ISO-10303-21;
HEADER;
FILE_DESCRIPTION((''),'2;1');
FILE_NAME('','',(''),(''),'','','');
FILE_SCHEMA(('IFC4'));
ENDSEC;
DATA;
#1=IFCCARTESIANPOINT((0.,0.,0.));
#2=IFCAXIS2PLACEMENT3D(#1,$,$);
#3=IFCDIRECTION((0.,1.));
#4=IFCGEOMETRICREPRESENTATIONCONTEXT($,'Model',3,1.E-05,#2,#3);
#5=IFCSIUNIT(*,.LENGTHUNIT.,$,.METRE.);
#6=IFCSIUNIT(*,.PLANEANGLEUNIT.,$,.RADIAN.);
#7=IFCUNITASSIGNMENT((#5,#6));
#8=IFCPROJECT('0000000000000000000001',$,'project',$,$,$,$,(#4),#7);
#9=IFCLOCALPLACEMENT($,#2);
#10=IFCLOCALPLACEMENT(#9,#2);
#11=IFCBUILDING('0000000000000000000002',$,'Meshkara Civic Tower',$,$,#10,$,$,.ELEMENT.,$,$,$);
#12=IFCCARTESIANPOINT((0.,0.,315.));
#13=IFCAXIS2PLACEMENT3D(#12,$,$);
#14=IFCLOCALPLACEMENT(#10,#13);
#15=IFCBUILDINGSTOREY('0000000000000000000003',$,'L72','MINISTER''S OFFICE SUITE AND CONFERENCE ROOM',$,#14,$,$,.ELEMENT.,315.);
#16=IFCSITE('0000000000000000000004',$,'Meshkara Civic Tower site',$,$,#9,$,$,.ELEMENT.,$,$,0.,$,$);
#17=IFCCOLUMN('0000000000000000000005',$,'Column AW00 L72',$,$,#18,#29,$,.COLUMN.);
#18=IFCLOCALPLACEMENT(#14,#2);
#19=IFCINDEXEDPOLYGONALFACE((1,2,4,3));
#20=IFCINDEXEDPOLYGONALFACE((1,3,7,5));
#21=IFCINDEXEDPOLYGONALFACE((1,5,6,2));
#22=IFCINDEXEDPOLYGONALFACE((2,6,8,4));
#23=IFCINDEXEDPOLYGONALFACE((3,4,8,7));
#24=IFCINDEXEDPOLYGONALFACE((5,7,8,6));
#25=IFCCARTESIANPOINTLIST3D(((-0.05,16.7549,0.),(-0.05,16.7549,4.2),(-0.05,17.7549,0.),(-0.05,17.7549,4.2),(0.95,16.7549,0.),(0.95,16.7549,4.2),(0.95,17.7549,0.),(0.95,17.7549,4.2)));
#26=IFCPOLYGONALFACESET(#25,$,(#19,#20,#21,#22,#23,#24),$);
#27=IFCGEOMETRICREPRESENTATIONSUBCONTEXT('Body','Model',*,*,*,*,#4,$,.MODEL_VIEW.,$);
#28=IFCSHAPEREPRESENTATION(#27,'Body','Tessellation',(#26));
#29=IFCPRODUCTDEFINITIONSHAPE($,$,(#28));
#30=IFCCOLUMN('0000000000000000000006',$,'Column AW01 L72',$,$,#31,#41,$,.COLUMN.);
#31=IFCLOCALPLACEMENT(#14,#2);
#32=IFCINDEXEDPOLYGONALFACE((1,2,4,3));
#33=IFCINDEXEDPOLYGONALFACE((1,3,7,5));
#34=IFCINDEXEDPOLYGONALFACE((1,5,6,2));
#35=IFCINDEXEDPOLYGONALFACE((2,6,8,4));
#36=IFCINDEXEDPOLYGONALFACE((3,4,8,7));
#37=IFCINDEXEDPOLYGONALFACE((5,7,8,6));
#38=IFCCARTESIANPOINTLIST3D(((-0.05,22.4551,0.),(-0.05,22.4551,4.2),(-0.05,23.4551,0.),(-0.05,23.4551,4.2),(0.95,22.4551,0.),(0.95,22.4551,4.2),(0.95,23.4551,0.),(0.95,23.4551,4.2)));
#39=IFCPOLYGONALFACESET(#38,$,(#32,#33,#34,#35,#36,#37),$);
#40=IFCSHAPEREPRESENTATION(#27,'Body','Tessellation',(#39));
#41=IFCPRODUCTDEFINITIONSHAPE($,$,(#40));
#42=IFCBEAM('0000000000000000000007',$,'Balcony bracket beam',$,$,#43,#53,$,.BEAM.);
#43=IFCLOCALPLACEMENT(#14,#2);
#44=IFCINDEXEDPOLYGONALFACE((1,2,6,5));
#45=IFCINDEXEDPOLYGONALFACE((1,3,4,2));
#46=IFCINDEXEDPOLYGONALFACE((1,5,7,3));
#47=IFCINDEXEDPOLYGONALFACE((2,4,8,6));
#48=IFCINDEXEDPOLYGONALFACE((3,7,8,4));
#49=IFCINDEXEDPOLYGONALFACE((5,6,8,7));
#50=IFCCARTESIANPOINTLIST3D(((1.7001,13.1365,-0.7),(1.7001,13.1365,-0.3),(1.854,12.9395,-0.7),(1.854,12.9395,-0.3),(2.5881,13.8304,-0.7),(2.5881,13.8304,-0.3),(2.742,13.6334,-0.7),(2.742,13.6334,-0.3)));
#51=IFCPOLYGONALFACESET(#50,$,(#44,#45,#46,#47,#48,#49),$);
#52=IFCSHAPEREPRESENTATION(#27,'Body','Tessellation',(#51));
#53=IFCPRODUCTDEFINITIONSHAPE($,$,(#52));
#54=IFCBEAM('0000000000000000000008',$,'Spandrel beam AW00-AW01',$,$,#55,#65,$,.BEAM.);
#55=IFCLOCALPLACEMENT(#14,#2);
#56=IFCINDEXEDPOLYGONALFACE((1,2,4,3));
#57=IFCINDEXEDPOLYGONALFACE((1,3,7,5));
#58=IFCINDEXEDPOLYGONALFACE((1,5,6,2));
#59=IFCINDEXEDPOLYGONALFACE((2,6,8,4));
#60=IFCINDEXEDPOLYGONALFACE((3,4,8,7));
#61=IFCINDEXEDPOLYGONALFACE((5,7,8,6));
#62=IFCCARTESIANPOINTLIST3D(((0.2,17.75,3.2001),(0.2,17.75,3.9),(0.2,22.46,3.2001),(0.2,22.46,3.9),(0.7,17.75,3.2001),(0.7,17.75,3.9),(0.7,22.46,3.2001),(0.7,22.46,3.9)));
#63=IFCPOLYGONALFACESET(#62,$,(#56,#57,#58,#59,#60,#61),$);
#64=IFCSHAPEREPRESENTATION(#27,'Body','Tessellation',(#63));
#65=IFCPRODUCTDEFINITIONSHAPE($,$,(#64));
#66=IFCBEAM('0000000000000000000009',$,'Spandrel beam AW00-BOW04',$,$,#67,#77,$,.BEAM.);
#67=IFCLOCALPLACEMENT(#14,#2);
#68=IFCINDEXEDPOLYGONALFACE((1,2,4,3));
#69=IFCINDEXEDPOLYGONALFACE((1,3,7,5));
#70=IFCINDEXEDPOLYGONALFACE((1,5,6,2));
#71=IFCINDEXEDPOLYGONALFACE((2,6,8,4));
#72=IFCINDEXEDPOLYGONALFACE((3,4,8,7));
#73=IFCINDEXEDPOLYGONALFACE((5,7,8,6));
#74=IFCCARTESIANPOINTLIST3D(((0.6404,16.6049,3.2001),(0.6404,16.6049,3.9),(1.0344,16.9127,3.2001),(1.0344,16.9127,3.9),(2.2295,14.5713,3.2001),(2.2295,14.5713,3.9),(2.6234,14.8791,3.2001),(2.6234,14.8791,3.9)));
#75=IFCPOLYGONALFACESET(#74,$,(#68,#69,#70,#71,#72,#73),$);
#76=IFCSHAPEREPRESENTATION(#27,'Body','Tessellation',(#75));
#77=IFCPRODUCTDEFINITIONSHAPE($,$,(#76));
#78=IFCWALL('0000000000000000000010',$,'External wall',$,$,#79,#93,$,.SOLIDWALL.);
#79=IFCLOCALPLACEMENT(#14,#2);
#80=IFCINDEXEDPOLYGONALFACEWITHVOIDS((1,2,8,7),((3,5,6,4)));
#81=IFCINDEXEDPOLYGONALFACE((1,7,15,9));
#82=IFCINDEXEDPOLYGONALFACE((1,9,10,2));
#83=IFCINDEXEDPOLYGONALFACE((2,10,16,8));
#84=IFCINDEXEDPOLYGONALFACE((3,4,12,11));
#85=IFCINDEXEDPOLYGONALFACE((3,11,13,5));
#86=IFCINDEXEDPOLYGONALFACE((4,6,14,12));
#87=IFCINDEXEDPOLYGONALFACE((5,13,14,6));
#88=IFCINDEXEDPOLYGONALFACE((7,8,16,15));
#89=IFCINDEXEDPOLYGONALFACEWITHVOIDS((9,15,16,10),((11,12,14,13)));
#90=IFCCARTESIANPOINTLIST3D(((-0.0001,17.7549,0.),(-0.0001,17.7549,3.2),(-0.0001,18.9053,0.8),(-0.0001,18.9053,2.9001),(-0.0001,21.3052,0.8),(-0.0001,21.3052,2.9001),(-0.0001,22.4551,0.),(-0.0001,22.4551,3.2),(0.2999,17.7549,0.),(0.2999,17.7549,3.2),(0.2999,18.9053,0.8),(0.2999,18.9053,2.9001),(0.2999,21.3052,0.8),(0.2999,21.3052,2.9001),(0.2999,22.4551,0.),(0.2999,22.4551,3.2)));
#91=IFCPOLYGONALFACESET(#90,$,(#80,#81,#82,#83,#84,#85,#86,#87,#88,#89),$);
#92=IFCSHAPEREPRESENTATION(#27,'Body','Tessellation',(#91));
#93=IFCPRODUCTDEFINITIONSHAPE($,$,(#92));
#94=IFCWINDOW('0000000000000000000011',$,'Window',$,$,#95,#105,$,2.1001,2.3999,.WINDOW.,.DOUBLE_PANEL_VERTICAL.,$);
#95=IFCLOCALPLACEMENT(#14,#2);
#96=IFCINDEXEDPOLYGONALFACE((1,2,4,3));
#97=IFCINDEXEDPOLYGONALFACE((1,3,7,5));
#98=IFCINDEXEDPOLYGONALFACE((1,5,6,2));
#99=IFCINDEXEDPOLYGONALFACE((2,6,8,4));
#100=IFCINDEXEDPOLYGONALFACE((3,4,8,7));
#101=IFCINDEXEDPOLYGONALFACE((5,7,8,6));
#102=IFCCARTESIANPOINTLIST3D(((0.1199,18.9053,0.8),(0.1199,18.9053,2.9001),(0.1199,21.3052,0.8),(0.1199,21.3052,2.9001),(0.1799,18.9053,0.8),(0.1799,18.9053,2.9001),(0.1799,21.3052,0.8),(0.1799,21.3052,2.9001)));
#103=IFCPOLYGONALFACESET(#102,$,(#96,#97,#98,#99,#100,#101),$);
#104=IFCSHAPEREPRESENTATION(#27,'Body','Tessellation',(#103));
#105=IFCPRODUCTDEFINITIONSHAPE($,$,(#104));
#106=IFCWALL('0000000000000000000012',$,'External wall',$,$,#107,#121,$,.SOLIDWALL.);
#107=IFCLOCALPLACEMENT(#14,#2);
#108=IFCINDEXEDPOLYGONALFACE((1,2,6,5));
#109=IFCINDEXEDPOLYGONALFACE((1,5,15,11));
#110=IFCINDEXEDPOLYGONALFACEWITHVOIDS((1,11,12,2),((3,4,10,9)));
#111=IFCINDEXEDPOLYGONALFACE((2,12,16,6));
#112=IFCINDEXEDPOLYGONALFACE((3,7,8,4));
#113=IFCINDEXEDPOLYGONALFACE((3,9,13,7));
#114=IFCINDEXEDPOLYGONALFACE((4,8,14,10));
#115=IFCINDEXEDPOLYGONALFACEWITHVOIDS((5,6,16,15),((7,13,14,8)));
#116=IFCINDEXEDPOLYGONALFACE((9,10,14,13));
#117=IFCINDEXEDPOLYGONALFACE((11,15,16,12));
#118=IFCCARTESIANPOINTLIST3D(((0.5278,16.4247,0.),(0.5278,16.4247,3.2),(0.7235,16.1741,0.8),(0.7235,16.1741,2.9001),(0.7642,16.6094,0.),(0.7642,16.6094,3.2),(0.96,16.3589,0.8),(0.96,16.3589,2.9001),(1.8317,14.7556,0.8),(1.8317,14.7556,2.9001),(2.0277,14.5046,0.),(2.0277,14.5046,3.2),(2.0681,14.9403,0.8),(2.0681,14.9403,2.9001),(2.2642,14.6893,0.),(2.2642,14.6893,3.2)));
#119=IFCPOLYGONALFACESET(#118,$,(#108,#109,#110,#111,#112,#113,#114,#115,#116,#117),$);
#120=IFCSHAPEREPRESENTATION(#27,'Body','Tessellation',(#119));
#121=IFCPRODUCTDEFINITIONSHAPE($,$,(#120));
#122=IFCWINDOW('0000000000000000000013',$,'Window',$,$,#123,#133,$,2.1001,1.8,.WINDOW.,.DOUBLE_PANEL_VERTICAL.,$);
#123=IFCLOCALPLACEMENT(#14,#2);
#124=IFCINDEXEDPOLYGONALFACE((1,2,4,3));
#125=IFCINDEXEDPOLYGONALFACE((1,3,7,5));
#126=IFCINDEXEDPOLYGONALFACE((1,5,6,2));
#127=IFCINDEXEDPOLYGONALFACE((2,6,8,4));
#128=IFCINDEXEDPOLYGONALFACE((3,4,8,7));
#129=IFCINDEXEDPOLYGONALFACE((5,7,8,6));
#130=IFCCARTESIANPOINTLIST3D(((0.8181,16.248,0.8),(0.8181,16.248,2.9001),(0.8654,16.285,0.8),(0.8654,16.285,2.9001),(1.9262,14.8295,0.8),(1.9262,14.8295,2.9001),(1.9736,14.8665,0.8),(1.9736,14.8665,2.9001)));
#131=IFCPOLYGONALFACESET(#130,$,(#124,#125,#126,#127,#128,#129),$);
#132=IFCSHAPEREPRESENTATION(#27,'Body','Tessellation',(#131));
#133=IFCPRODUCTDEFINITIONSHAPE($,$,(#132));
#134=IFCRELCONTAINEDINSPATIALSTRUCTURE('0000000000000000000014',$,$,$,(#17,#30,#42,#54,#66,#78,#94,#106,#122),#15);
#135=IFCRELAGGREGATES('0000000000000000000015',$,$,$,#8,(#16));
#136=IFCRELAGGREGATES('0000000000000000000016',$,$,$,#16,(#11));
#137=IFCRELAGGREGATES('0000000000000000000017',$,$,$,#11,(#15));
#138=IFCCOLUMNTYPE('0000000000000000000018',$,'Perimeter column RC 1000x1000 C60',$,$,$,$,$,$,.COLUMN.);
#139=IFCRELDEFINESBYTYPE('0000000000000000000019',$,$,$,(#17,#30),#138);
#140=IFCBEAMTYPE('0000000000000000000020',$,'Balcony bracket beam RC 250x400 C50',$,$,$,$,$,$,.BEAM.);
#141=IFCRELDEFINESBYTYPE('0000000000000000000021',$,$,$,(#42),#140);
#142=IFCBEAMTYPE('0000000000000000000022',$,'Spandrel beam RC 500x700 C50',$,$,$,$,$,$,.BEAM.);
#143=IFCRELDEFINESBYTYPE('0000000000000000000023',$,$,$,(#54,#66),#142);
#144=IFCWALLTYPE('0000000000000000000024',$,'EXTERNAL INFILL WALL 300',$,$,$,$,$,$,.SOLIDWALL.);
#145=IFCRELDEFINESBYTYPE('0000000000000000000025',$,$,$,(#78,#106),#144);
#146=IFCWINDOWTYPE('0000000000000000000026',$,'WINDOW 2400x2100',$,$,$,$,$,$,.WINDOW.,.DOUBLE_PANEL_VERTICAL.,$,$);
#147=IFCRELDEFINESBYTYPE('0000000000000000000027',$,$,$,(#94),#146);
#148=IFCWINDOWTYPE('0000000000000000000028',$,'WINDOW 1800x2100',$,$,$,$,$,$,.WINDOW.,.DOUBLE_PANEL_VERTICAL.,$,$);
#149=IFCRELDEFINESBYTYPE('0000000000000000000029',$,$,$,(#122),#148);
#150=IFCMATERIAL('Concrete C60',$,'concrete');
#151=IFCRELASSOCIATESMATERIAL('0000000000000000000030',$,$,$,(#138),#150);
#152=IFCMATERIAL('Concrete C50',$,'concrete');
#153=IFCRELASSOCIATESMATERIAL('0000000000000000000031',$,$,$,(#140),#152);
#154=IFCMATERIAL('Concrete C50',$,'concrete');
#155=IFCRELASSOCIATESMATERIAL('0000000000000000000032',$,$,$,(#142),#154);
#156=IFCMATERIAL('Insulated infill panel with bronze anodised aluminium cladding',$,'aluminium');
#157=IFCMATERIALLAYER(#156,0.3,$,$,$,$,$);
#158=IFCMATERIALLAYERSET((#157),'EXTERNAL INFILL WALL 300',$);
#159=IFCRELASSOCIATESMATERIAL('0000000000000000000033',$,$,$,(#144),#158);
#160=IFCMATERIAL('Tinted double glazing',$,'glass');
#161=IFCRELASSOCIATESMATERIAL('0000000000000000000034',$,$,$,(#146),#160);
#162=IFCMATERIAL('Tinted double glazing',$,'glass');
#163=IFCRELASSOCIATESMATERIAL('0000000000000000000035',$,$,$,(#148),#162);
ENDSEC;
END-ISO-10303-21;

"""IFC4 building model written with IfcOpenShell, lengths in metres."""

from ifc_helpers import new_model, si_unit, direction, frame, frame_2d, origin, origin_2d, place, context, subcontext, project, spatial, rectangle, extrude, material, layer, layer_set, material_profile, profile_set, type_object, element, fill, save


model = new_model("IFC4")

# Units and contexts
model_context = context("Model", 3, precision=1e-05, world=origin(), true_north=direction((0.0, 1.0)))
body_context = subcontext(model_context, "Body", "Model", "MODEL_VIEW")
ifc_project = project(units=[si_unit("LENGTHUNIT", "METRE"), si_unit("PLANEANGLEUNIT", "RADIAN")], contexts=[model_context])

# Site, building, storey
site_placement = place(None, origin())
site = spatial("IfcSite", under=ifc_project, at=site_placement, Name="Meshkara Civic Tower site", CompositionType="ELEMENT", RefElevation=0.0)
building_placement = place(site_placement, origin())
building = spatial("IfcBuilding", under=site, at=building_placement, Name="Meshkara Civic Tower", CompositionType="ELEMENT")
storey_placement = place(building_placement, frame((0.0, 0.0, 315.0)))
storey = spatial("IfcBuildingStorey", under=building, at=storey_placement, Name="L72", Description="MINISTER'S OFFICE SUITE AND CONFERENCE ROOM", CompositionType="ELEMENT", Elevation=315.0)

# Columns
ifc_material_1 = material(Name="Concrete C60", Category="concrete")
ifc_material_profile_1 = material_profile(ifc_material_1, rectangle(XDim=1.0, YDim=1.0, at=origin_2d()))
ifc_profile_set_1 = profile_set([ifc_material_profile_1], Name="Concrete C60")
column_type = type_object("IfcColumnType", Name="Perimeter column RC 1000x1000 C60", PredefinedType="COLUMN", material=ifc_profile_set_1)
for number, where, z_axis, x_axis, name in (
    (1, (0.45, 17.2549, 0.0), (0.0, 0.0, 1.0), (1.0, 0.0, 0.0), "Column AW00 L72"),
    (2, (0.45, 22.9551, 0.0), (0.0, 0.0, 1.0), (1.0, 0.0, 0.0), "Column AW01 L72"),
):
    element("IfcColumn", number, at=place(storey_placement, frame(where, z_axis=z_axis, x_axis=x_axis)), inside=storey, type_object=column_type, Name=name, PredefinedType="COLUMN", context=body_context, shape_type="SweptSolid", body=[
        extrude(rectangle(XDim=1.0, YDim=1.0, at=origin_2d()), origin(), (0.0, 0.0, 1.0), 4.2),
    ])

# Beams
ifc_material_2 = material(Name="Concrete C50", Category="concrete")
ifc_material_profile_2 = material_profile(ifc_material_2, rectangle(XDim=0.25, YDim=0.3999, at=origin_2d()))
ifc_profile_set_2 = profile_set([ifc_material_profile_2], Name="Concrete C50")
beam_type_1 = type_object("IfcBeamType", Name="Balcony bracket beam RC 250x400 C50", PredefinedType="BEAM", material=ifc_profile_set_2)
beam_1_placement = place(storey_placement, frame((2.665, 13.7319, -0.5), z_axis=(-0.787962, -0.615724, 0.0), x_axis=(0.615724, -0.787962, 0.0)))
element("IfcBeam", 3, at=beam_1_placement, inside=storey, type_object=beam_type_1, Name="Balcony bracket beam", PredefinedType="BEAM", context=body_context, shape_type="SweptSolid", body=[
    extrude(rectangle(XDim=0.25, YDim=0.3999, at=origin_2d()), origin(), (0.0, 0.0, 1.0), 1.127),
])
ifc_material_3 = material(Name="Concrete C50", Category="concrete")
ifc_material_profile_3 = material_profile(ifc_material_3, rectangle(XDim=0.5, YDim=0.7, at=origin_2d()))
ifc_profile_set_3 = profile_set([ifc_material_profile_3], Name="Concrete C50")
beam_type_2 = type_object("IfcBeamType", Name="Spandrel beam RC 500x700 C50", PredefinedType="BEAM", material=ifc_profile_set_3)
beam_2_placement = place(storey_placement, frame((0.45, 22.46, 3.55), z_axis=(0.0, -1.0, 0.0), x_axis=(1.0, 0.0, 0.0)))
element("IfcBeam", 4, at=beam_2_placement, inside=storey, type_object=beam_type_2, Name="Spandrel beam AW00-AW01", PredefinedType="BEAM", context=body_context, shape_type="SweptSolid", body=[
    extrude(rectangle(XDim=0.5, YDim=0.7, at=origin_2d()), origin(), (0.0, 0.0, 1.0), 4.71),
])
beam_3_placement = place(storey_placement, frame((0.8374, 16.7588, 3.55), z_axis=(0.615714, -0.78797, 0.0), x_axis=(0.78797, 0.615714, 0.0)))
element("IfcBeam", 5, at=beam_3_placement, inside=storey, type_object=beam_type_2, Name="Spandrel beam AW00-BOW04", PredefinedType="BEAM", context=body_context, shape_type="SweptSolid", body=[
    extrude(rectangle(XDim=0.5, YDim=0.7, at=origin_2d()), origin(), (0.0, 0.0, 1.0), 2.5808),
])

# Walls, openings, windows
ifc_material_4 = material(Name="Insulated infill panel with bronze anodised aluminium cladding", Category="aluminium")
ifc_layer = layer(ifc_material_4, 0.3)
ifc_layer_set = layer_set([ifc_layer], Name="EXTERNAL INFILL WALL 300")
wall_type = type_object("IfcWallType", Name="EXTERNAL INFILL WALL 300", PredefinedType="SOLIDWALL", material=ifc_layer_set)
wall_1_placement = place(storey_placement, frame((0.1499, 22.4551, 0.0), z_axis=(0.0, 0.0, 1.0), x_axis=(0.0, -1.0, 0.0)))
wall_1 = element("IfcWall", 6, at=wall_1_placement, inside=storey, type_object=wall_type, Name="External wall", PredefinedType="SOLIDWALL", context=body_context, shape_type="SweptSolid", body=[
    extrude(rectangle(XDim=4.7002, YDim=0.3, at=frame_2d((2.3501, 0.0))), origin(), (0.0, 0.0, 1.0), 3.2),
])
opening_1_placement = place(wall_1_placement, frame((1.1499, 0.0, 0.8)))
opening_1 = element("IfcOpeningElement", 7, at=opening_1_placement, cuts=wall_1, PredefinedType="OPENING", context=body_context, shape_type="SweptSolid", body=[
    extrude(rectangle(XDim=2.3999, YDim=2.1001, at=frame_2d((1.2, 1.05))), frame((0.0, 0.1599, 0.0), z_axis=(0.0, -1.0, 0.0), x_axis=(1.0, 0.0, 0.0)), (0.0, 0.0, 1.0), 0.3201),
])
ifc_material_5 = material(Name="Tinted double glazing", Category="glass")
window_type_1 = type_object("IfcWindowType", Name="WINDOW 2400x2100", PartitioningType="DOUBLE_PANEL_VERTICAL", PredefinedType="WINDOW", material=ifc_material_5)
window_1_placement = place(opening_1_placement, origin())
window_1 = element("IfcWindow", 8, at=window_1_placement, inside=storey, type_object=window_type_1, Name="Window", OverallHeight=2.1001, OverallWidth=2.3999, PartitioningType="DOUBLE_PANEL_VERTICAL", PredefinedType="WINDOW", context=body_context, shape_type="SweptSolid", body=[
    extrude(rectangle(XDim=2.3999, YDim=2.1001, at=frame_2d((1.2, 1.05))), frame((0.0, 0.03, 0.0), z_axis=(0.0, -1.0, 0.0), x_axis=(1.0, 0.0, 0.0)), (0.0, 0.0, 1.0), 0.0601),
])
fill(opening_1, window_1)
wall_2_placement = place(storey_placement, frame((0.646, 16.5171, 0.0), z_axis=(0.0, 0.0, 1.0), x_axis=(0.615611, -0.78805, 0.0)))
wall_2 = element("IfcWall", 9, at=wall_2_placement, inside=storey, type_object=wall_type, Name="External wall", PredefinedType="SOLIDWALL", context=body_context, shape_type="SweptSolid", body=[
    extrude(rectangle(XDim=2.4365, YDim=0.3, at=frame_2d((1.2183, 0.0))), origin(), (0.0, 0.0, 1.0), 3.2),
])
opening_2_placement = place(wall_2_placement, frame((0.3181, 0.0, 0.8)))
opening_2 = element("IfcOpeningElement", 10, at=opening_2_placement, cuts=wall_2, PredefinedType="OPENING", context=body_context, shape_type="SweptSolid", body=[
    extrude(rectangle(XDim=1.8, YDim=2.1001, at=frame_2d((0.8999, 1.05))), frame((0.0, 0.1599, 0.0), z_axis=(0.0, -1.0, 0.0), x_axis=(1.0, 0.0, 0.0)), (0.0, 0.0, 1.0), 0.3201),
])
ifc_material_6 = material(Name="Tinted double glazing", Category="glass")
window_type_2 = type_object("IfcWindowType", Name="WINDOW 1800x2100", PartitioningType="DOUBLE_PANEL_VERTICAL", PredefinedType="WINDOW", material=ifc_material_6)
window_2_placement = place(opening_2_placement, origin())
window_2 = element("IfcWindow", 11, at=window_2_placement, inside=storey, type_object=window_type_2, Name="Window", OverallHeight=2.1001, OverallWidth=1.8, PartitioningType="DOUBLE_PANEL_VERTICAL", PredefinedType="WINDOW", context=body_context, shape_type="SweptSolid", body=[
    extrude(rectangle(XDim=1.8, YDim=2.1001, at=frame_2d((0.8999, 1.05))), frame((0.0, 0.03, 0.0), z_axis=(0.0, -1.0, 0.0), x_axis=(1.0, 0.0, 0.0)), (0.0, 0.0, 1.0), 0.0601),
])
fill(opening_2, window_2)

save(model, "model.ifc")
